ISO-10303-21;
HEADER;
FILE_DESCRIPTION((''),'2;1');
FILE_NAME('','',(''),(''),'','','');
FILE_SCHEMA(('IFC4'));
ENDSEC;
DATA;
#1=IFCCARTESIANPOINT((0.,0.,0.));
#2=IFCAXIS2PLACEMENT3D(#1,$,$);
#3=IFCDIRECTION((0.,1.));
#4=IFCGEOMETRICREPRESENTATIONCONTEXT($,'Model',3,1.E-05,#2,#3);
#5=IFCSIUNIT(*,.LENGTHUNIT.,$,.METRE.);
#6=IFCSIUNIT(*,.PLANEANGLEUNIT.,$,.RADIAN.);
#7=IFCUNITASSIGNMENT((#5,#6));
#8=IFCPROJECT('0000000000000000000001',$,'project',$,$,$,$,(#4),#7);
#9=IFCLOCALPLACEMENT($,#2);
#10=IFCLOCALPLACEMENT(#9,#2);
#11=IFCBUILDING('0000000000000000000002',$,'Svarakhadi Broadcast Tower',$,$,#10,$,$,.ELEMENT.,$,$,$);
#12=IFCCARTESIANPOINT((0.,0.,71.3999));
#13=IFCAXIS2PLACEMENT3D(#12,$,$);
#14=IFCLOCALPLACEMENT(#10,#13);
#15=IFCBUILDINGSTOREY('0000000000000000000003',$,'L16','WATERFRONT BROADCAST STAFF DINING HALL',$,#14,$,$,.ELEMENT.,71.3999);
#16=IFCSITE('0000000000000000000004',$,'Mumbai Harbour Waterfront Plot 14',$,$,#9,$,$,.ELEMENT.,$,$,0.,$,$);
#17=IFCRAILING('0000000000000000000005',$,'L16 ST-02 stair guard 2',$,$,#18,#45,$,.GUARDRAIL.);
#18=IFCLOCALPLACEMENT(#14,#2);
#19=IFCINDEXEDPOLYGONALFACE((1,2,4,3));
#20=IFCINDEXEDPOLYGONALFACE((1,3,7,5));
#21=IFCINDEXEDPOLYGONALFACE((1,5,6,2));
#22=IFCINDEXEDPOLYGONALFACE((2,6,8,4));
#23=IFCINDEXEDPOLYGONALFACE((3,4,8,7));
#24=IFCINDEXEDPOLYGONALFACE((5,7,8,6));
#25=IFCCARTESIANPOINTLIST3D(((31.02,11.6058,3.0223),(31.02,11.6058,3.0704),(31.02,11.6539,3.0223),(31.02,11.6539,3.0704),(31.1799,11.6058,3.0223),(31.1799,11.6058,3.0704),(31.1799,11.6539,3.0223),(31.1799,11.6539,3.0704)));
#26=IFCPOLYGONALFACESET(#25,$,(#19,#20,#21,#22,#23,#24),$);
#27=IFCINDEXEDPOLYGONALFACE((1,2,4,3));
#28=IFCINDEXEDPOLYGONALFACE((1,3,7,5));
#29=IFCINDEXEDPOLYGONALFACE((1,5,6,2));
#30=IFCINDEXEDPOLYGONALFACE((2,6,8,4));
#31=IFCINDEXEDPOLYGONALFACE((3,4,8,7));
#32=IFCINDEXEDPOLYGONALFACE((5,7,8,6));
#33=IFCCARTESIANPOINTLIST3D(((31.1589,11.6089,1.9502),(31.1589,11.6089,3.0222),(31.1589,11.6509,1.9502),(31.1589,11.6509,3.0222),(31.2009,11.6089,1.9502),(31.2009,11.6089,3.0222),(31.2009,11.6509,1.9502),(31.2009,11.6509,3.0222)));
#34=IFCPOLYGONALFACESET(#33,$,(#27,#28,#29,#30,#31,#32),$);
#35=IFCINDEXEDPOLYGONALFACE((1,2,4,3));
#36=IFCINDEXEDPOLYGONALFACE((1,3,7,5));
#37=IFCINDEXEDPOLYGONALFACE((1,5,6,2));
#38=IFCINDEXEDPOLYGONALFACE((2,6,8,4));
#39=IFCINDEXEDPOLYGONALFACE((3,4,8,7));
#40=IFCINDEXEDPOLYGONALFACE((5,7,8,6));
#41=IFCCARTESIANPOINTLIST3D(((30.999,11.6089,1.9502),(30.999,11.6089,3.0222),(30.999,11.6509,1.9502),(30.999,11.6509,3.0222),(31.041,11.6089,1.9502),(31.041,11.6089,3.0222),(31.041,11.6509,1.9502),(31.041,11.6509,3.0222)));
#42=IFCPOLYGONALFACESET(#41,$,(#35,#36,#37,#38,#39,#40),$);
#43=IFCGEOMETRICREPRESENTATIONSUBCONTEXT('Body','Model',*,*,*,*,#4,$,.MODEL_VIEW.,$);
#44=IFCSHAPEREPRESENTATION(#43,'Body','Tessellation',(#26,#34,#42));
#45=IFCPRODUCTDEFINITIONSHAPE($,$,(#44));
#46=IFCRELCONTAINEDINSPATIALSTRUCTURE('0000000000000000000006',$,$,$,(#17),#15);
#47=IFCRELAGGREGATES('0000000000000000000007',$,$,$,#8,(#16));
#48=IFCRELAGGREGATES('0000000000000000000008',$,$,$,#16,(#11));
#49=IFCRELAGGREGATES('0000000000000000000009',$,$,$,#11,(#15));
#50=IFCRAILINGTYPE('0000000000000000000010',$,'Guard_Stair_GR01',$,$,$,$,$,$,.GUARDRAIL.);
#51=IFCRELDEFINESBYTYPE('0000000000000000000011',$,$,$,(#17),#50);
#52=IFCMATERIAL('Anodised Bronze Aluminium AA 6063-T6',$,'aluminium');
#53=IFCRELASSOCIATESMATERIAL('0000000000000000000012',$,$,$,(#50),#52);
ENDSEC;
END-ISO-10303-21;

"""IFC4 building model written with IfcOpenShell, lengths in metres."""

from ifc_helpers import new_model, si_unit, direction, frame, origin, origin_2d, place, context, subcontext, project, spatial, rectangle, extrude, material, type_object, element, save


model = new_model("IFC4")

# Units and contexts
model_context = context("Model", 3, precision=1e-05, world=origin(), true_north=direction((0.0, 1.0)))
body_context = subcontext(model_context, "Body", "Model", "MODEL_VIEW")
ifc_project = project(units=[si_unit("LENGTHUNIT", "METRE"), si_unit("PLANEANGLEUNIT", "RADIAN")], contexts=[model_context])

# Site, building, storey
site_placement = place(None, origin())
site = spatial("IfcSite", under=ifc_project, at=site_placement, Name="Mumbai Harbour Waterfront Plot 14", CompositionType="ELEMENT", RefElevation=0.0)
building_placement = place(site_placement, origin())
building = spatial("IfcBuilding", under=site, at=building_placement, Name="Svarakhadi Broadcast Tower", CompositionType="ELEMENT")
storey_placement = place(building_placement, frame((0.0, 0.0, 71.3999)))
storey = spatial("IfcBuildingStorey", under=building, at=storey_placement, Name="L16", Description="WATERFRONT BROADCAST STAFF DINING HALL", CompositionType="ELEMENT", Elevation=71.3999)

# Railing
ifc_material_1 = material(Name="Anodised Bronze Aluminium AA 6063-T6", Category="aluminium")
railing_type = type_object("IfcRailingType", Name="Guard_Stair_GR01", PredefinedType="GUARDRAIL", material=ifc_material_1)
railing_placement = place(storey_placement, frame((31.1799, 11.6299, 1.9502)))
element("IfcRailing", 1, at=railing_placement, inside=storey, type_object=railing_type, Name="L16 ST-02 stair guard 2", PredefinedType="GUARDRAIL", context=body_context, shape_type="SweptSolid", body=[
    extrude(rectangle(XDim=0.0481, YDim=0.0481, at=origin_2d()), frame((0.0, 0.0, 1.0962), z_axis=(-1.0, 0.0, 0.0), x_axis=(0.0, -1.0, 0.0)), (0.0, 0.0, 1.0), 0.1599),
    extrude(rectangle(XDim=0.042, YDim=0.042, at=origin_2d()), origin(), (0.0, 0.0, 1.0), 1.072),
    extrude(rectangle(XDim=0.042, YDim=0.042, at=origin_2d()), frame((-0.1599, 0.0, 0.0)), (0.0, 0.0, 1.0), 1.072),
])

save(model, "model.ifc")
